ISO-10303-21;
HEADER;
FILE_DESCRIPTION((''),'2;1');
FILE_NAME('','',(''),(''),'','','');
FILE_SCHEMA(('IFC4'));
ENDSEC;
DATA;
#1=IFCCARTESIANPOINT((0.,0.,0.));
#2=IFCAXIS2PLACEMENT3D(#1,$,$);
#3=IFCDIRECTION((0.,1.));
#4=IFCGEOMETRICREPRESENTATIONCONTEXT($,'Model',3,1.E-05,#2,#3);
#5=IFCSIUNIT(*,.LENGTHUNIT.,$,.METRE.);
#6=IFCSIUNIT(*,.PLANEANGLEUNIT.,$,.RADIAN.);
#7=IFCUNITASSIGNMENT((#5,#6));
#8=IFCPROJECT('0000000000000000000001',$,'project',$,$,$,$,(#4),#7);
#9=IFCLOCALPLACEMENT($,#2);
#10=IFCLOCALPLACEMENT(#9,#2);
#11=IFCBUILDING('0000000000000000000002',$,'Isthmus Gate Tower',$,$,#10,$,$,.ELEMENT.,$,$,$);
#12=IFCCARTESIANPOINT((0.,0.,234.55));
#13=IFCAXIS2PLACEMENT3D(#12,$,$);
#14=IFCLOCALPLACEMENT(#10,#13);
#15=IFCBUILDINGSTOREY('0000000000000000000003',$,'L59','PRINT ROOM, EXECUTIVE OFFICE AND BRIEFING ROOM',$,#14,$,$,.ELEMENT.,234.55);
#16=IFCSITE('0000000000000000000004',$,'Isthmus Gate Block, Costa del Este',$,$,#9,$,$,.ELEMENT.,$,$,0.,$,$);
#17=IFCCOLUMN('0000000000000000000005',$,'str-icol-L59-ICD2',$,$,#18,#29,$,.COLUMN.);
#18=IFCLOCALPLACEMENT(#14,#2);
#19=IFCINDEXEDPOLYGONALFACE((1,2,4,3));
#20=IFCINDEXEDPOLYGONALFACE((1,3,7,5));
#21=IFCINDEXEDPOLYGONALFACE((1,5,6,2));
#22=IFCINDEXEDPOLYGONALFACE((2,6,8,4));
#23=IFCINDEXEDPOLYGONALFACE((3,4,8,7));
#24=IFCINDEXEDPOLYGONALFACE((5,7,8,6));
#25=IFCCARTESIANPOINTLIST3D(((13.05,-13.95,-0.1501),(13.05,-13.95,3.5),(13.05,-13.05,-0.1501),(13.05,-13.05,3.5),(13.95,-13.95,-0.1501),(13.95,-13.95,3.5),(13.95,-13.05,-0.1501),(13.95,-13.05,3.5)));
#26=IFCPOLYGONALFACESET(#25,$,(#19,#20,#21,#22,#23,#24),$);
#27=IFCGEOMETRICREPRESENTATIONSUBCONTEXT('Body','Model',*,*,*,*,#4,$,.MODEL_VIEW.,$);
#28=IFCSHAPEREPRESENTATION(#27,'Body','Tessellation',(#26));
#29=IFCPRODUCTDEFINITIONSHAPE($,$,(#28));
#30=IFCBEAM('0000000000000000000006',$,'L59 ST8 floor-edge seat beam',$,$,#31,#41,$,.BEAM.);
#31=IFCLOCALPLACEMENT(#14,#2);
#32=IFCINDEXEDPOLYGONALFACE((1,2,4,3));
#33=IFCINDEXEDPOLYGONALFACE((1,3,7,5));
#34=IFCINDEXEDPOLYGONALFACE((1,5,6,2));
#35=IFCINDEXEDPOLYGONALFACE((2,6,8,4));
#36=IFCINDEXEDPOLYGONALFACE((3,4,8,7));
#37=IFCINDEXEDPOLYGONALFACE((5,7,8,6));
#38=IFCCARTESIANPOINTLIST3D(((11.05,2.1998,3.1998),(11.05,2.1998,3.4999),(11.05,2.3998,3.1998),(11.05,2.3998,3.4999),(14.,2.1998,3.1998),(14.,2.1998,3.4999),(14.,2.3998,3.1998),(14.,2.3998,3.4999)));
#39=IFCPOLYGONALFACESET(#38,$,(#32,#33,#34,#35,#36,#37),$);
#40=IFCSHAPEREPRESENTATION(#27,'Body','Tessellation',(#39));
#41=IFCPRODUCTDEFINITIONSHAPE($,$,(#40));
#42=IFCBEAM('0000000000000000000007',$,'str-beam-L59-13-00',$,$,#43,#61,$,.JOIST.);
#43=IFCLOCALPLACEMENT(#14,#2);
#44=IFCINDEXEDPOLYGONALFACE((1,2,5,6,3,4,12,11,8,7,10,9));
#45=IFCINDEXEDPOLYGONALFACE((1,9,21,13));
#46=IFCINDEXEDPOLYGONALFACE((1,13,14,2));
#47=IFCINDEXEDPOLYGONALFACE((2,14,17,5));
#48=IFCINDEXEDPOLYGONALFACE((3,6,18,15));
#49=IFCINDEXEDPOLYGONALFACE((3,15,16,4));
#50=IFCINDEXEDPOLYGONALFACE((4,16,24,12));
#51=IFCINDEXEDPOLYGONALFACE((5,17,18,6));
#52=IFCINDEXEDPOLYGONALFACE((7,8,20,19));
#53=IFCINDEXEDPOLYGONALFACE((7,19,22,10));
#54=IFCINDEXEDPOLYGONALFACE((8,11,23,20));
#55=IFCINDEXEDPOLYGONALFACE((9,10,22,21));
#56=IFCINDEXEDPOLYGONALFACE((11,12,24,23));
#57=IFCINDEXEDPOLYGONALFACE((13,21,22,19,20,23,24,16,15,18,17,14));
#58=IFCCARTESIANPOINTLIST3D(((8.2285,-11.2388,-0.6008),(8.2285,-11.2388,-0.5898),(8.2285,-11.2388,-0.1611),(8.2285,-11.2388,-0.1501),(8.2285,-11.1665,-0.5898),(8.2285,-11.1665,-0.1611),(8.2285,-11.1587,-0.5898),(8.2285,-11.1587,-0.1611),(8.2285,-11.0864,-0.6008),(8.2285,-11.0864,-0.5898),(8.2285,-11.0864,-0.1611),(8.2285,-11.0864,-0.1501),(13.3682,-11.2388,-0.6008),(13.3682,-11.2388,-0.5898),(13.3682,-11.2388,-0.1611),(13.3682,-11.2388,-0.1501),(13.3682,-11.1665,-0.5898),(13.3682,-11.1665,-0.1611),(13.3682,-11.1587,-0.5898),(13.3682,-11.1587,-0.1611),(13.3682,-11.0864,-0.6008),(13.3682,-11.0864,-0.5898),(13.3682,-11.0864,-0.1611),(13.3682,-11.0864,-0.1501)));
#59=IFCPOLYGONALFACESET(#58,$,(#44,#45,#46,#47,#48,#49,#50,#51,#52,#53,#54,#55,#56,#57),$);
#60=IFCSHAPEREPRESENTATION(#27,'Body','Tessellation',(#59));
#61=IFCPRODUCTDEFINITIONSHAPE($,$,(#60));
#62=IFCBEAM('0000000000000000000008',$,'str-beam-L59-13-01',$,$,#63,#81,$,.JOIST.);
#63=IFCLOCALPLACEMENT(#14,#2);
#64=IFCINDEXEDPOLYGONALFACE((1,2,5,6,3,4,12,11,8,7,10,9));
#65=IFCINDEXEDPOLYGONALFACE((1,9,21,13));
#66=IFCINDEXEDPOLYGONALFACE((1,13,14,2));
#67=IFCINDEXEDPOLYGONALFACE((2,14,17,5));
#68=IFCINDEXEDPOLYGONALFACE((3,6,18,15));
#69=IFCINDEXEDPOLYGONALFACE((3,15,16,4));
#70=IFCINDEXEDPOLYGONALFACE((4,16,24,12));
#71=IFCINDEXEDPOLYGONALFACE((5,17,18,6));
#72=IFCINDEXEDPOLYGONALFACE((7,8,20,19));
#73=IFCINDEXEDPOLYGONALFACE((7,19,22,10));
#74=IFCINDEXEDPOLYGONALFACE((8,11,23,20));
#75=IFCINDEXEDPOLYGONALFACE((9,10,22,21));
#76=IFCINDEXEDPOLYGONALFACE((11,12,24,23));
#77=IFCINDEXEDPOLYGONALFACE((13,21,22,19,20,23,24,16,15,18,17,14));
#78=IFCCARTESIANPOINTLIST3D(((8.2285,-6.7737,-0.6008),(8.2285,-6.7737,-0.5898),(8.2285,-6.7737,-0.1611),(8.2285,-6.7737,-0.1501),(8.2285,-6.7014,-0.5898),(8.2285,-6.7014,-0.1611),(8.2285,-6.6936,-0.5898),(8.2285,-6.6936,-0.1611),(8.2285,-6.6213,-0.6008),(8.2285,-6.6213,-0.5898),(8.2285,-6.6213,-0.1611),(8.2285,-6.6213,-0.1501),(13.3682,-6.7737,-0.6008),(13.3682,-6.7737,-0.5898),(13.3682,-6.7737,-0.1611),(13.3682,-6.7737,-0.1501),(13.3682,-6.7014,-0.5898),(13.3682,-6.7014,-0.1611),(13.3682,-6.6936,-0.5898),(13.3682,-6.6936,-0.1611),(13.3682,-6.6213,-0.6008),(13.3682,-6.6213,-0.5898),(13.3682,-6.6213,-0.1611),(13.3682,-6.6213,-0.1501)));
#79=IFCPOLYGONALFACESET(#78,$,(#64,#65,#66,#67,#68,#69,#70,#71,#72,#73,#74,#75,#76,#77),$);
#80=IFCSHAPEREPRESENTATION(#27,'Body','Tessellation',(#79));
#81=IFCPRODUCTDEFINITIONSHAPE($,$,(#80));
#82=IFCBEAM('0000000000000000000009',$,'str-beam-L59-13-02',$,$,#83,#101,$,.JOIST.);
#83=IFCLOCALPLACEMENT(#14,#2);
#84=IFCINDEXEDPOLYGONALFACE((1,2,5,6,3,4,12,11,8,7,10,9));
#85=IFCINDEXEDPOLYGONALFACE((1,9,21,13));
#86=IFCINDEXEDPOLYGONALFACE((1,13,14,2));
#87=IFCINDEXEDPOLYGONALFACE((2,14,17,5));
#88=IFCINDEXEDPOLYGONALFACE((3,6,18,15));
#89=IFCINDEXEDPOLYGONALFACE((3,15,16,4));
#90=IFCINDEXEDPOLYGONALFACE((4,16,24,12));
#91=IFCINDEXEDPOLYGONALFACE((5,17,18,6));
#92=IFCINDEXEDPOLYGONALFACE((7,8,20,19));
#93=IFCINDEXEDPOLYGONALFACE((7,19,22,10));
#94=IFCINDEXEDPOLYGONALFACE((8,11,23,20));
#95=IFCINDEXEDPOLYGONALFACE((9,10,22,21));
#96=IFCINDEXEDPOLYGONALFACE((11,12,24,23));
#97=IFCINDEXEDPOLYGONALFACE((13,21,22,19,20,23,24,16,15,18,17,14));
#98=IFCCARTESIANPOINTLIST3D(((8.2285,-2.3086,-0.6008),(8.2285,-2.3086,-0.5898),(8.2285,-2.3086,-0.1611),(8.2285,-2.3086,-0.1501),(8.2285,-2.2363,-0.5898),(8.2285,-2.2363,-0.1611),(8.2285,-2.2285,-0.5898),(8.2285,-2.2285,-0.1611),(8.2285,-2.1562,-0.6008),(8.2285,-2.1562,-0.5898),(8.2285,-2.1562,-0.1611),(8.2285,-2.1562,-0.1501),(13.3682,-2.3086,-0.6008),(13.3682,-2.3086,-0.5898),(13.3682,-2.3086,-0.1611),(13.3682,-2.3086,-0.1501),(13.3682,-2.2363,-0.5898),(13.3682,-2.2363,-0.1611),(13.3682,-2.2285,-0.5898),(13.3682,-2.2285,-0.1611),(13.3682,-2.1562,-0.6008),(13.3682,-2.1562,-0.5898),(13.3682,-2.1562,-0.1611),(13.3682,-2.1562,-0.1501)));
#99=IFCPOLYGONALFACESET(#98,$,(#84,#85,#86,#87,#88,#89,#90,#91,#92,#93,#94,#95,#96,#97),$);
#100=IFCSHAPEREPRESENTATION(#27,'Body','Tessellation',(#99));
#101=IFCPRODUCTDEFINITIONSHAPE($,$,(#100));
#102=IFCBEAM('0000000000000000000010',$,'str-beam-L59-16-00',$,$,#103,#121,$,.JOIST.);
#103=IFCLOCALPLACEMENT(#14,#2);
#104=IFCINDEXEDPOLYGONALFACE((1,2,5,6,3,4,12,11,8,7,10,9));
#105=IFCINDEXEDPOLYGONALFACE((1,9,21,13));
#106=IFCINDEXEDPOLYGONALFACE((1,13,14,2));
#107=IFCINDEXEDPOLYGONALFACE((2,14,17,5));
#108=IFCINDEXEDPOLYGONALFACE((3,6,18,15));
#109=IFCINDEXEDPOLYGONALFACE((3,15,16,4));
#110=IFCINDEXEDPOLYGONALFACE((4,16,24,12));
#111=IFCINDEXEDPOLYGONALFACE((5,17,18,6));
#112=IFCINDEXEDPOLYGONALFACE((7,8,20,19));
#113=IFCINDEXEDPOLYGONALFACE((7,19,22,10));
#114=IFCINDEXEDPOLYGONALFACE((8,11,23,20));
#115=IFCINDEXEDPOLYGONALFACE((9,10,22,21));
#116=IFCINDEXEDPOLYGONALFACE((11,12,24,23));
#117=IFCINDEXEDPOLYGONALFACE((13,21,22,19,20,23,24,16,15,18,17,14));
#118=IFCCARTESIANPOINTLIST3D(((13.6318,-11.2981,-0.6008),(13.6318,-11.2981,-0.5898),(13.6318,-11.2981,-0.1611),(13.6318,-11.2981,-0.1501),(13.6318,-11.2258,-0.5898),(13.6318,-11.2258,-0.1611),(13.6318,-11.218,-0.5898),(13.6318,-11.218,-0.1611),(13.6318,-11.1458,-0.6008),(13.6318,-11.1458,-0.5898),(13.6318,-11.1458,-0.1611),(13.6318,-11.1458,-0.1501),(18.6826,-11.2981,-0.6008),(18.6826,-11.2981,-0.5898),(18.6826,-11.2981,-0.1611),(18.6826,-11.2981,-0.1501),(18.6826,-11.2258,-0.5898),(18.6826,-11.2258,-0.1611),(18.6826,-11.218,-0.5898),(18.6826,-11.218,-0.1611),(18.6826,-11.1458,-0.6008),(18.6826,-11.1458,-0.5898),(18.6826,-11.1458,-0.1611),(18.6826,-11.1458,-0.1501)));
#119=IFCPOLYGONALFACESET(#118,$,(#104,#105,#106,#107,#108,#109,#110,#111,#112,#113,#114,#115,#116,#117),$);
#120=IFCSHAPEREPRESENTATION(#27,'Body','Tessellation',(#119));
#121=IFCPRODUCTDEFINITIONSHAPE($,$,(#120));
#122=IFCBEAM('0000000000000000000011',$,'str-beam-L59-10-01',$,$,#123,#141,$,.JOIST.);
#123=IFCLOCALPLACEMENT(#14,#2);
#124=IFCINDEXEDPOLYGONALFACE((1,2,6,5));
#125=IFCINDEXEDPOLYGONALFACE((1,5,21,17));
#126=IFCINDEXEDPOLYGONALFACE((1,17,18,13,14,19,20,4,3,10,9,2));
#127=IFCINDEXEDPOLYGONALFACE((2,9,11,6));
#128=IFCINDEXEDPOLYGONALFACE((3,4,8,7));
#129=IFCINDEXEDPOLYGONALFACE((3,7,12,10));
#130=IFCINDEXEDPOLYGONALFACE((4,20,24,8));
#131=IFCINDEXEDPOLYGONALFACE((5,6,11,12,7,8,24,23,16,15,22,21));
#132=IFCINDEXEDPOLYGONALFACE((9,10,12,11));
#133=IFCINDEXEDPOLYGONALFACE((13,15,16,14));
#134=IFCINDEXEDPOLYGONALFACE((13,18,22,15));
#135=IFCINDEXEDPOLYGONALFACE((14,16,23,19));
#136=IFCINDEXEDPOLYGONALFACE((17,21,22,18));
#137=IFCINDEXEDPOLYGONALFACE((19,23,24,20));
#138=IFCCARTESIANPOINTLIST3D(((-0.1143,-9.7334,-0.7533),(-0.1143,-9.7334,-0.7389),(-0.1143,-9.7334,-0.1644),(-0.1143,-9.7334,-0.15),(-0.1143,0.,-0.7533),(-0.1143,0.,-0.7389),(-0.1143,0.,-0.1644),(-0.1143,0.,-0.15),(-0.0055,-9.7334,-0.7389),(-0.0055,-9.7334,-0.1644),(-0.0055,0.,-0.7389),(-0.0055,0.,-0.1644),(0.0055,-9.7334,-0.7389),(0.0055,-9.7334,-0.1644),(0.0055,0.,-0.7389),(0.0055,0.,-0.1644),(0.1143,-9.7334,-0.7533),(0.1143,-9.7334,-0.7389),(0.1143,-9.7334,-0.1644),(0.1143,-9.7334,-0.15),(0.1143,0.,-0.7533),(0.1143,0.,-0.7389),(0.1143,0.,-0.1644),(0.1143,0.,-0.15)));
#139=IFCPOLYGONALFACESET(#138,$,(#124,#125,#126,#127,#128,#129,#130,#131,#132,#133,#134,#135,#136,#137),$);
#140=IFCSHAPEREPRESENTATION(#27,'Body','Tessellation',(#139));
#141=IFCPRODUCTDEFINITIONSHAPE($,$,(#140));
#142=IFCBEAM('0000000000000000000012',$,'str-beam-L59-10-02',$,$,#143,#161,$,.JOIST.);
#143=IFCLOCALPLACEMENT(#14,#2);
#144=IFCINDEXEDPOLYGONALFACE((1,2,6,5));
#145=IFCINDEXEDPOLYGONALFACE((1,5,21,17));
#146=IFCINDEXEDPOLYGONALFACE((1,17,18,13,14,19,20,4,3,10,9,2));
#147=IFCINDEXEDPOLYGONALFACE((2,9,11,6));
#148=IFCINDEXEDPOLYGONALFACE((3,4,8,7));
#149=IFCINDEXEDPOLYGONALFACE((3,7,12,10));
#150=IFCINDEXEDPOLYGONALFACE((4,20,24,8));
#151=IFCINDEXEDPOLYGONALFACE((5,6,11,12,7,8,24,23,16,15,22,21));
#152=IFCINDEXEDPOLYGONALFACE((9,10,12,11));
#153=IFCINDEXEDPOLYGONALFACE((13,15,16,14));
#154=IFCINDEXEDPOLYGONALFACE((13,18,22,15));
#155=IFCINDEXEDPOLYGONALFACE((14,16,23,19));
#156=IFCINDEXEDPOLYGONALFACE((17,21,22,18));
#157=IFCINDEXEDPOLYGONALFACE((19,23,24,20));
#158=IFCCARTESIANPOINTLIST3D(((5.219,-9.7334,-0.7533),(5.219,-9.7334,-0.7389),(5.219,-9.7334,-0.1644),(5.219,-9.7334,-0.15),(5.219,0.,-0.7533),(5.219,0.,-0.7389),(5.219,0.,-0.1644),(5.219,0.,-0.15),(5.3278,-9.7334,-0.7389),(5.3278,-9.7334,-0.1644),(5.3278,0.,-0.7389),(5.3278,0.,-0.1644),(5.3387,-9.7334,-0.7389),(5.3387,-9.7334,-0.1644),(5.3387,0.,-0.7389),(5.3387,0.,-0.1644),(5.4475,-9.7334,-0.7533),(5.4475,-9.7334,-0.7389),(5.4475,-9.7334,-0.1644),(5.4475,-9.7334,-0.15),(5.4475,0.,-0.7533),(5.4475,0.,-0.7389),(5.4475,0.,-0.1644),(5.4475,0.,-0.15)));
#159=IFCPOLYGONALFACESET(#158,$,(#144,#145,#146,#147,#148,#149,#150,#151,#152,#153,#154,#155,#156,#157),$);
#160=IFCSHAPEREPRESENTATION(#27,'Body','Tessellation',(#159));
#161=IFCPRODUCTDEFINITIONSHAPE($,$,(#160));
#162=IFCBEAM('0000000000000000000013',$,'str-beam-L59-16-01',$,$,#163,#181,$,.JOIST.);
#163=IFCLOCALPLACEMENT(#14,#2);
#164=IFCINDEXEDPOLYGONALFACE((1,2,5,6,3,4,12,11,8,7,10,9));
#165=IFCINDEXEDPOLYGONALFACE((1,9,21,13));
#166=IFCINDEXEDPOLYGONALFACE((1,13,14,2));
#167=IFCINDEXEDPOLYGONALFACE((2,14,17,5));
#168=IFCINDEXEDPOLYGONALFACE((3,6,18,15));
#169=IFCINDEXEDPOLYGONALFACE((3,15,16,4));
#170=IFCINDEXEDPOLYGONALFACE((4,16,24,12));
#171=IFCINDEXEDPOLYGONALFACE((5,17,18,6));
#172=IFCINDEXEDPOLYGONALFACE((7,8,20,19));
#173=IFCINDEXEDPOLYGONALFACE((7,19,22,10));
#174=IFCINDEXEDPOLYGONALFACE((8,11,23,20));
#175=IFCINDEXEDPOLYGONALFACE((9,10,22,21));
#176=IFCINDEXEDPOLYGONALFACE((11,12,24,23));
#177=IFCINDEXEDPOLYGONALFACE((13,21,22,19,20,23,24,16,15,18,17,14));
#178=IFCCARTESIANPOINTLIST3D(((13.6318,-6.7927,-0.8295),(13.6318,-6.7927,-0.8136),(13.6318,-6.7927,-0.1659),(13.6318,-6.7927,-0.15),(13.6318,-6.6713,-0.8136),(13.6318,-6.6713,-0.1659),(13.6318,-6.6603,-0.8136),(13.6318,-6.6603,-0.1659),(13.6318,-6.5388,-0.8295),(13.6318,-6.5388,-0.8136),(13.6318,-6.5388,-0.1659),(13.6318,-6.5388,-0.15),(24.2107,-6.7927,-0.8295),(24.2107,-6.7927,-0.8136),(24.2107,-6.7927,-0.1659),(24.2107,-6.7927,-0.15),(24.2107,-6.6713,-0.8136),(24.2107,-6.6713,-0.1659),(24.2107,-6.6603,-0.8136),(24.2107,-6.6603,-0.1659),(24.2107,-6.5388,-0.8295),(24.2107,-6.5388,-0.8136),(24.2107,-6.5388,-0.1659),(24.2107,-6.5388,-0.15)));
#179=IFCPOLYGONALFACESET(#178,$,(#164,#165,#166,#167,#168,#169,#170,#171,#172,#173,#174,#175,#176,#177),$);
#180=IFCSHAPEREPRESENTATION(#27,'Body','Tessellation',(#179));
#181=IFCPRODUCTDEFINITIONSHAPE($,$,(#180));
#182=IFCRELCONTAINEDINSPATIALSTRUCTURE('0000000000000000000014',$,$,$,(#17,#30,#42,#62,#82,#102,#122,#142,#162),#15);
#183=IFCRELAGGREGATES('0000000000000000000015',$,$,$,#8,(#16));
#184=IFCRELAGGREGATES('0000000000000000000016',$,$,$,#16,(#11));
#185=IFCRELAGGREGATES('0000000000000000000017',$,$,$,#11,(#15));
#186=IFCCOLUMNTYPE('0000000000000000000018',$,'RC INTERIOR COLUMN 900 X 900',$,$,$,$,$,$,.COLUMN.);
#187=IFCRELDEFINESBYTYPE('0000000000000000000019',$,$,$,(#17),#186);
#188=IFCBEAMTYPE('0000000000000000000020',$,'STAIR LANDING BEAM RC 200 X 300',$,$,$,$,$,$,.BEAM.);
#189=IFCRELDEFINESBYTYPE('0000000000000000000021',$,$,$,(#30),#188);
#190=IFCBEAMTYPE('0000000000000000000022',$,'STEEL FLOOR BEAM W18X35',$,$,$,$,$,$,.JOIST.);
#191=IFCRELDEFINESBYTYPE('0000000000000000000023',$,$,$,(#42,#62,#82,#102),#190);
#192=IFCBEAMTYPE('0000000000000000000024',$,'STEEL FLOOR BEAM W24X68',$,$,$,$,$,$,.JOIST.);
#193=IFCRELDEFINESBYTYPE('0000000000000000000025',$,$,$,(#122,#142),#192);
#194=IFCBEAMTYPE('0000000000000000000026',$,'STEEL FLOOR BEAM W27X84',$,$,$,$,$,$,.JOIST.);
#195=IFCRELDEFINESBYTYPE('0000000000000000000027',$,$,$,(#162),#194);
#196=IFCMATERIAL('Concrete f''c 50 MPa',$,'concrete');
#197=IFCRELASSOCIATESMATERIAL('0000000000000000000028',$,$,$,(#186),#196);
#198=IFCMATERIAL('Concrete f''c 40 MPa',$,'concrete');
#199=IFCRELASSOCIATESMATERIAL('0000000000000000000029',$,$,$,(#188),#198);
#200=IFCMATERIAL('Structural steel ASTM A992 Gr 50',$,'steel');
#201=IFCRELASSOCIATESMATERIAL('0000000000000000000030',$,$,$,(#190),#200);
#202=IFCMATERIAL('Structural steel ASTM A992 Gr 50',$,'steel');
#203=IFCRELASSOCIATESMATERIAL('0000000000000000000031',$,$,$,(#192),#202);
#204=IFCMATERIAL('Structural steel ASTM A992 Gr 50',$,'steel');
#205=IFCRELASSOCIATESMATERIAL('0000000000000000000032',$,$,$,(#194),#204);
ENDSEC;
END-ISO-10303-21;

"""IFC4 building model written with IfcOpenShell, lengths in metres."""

from ifc_helpers import new_model, si_unit, direction, frame, origin, origin_2d, place, context, subcontext, project, spatial, rectangle, i_section, extrude, material, material_profile, profile_set, type_object, element, save


model = new_model("IFC4")

# Units and contexts
model_context = context("Model", 3, precision=1e-05, world=origin(), true_north=direction((0.0, 1.0)))
body_context = subcontext(model_context, "Body", "Model", "MODEL_VIEW")
ifc_project = project(units=[si_unit("LENGTHUNIT", "METRE"), si_unit("PLANEANGLEUNIT", "RADIAN")], contexts=[model_context])

# Site, building, storey
site_placement = place(None, origin())
site = spatial("IfcSite", under=ifc_project, at=site_placement, Name="Isthmus Gate Block, Costa del Este", CompositionType="ELEMENT", RefElevation=0.0)
building_placement = place(site_placement, origin())
building = spatial("IfcBuilding", under=site, at=building_placement, Name="Isthmus Gate Tower", CompositionType="ELEMENT")
storey_placement = place(building_placement, frame((0.0, 0.0, 234.55)))
storey = spatial("IfcBuildingStorey", under=building, at=storey_placement, Name="L59", Description="PRINT ROOM, EXECUTIVE OFFICE AND BRIEFING ROOM", CompositionType="ELEMENT", Elevation=234.55)

# Column
ifc_material_1 = material(Name="Concrete f'c 50 MPa", Category="concrete")
ifc_material_profile_1 = material_profile(ifc_material_1, rectangle(XDim=0.8999, YDim=0.8999, at=origin_2d()), Name="RC 900X900")
ifc_profile_set_1 = profile_set([ifc_material_profile_1], Name="Concrete f'c 50 MPa")
column_type = type_object("IfcColumnType", Name="RC INTERIOR COLUMN 900 X 900", PredefinedType="COLUMN", material=ifc_profile_set_1)
column_placement = place(storey_placement, frame((13.5, -13.5, -0.1501), z_axis=(0.0, 0.0, 1.0), x_axis=(1.0, 0.0, 0.0)))
element("IfcColumn", 1, at=column_placement, inside=storey, type_object=column_type, Name="str-icol-L59-ICD2", PredefinedType="COLUMN", context=body_context, shape_type="SweptSolid", body=[
    extrude(rectangle(XDim=0.8999, YDim=0.8999, at=origin_2d()), origin(), (0.0, 0.0, 1.0), 3.6501),
])

# Beams
ifc_material_2 = material(Name="Concrete f'c 40 MPa", Category="concrete")
ifc_material_profile_2 = material_profile(ifc_material_2, rectangle(XDim=0.2, YDim=0.3, at=origin_2d()), Name="STAIR LANDING BEAM RC 200 X 300")
ifc_profile_set_2 = profile_set([ifc_material_profile_2], Name="Concrete f'c 40 MPa")
beam_type_1 = type_object("IfcBeamType", Name="STAIR LANDING BEAM RC 200 X 300", PredefinedType="BEAM", material=ifc_profile_set_2)
beam_1_placement = place(storey_placement, frame((11.05, 2.2998, 3.3499), z_axis=(1.0, 0.0, 0.0), x_axis=(0.0, 1.0, 0.0)))
element("IfcBeam", 2, at=beam_1_placement, inside=storey, type_object=beam_type_1, Name="L59 ST8 floor-edge seat beam", PredefinedType="BEAM", context=body_context, shape_type="SweptSolid", body=[
    extrude(rectangle(XDim=0.2, YDim=0.3, at=origin_2d()), origin(), (0.0, 0.0, 1.0), 2.95),
])
ifc_material_3 = material(Name="Structural steel ASTM A992 Gr 50", Category="steel")
ifc_material_profile_3 = material_profile(ifc_material_3, i_section(OverallWidth=0.1523, OverallDepth=0.4507, WebThickness=0.0078, FlangeThickness=0.011, at=origin_2d()), Name="W18X35")
ifc_profile_set_3 = profile_set([ifc_material_profile_3], Name="Structural steel ASTM A992 Gr 50")
beam_type_2 = type_object("IfcBeamType", Name="STEEL FLOOR BEAM W18X35", PredefinedType="JOIST", material=ifc_profile_set_3)
for number, where, z_axis, x_axis, name in (
    (3, (8.2285, -11.1626, -0.3755), (1.0, 0.0, 0.0), (0.0, 1.0, 0.0), "str-beam-L59-13-00"),
    (4, (8.2285, -6.6975, -0.3755), (1.0, 0.0, 0.0), (0.0, 1.0, 0.0), "str-beam-L59-13-01"),
    (5, (8.2285, -2.2324, -0.3755), (1.0, 0.0, 0.0), (0.0, 1.0, 0.0), "str-beam-L59-13-02"),
):
    element("IfcBeam", number, at=place(storey_placement, frame(where, z_axis=z_axis, x_axis=x_axis)), inside=storey, type_object=beam_type_2, Name=name, PredefinedType="JOIST", context=body_context, shape_type="SweptSolid", body=[
        extrude(i_section(OverallWidth=0.1523, OverallDepth=0.4507, WebThickness=0.0078, FlangeThickness=0.011, at=origin_2d()), origin(), (0.0, 0.0, 1.0), 5.1396),
    ])
beam_2_placement = place(storey_placement, frame((13.6318, -11.2219, -0.3755), z_axis=(1.0, 0.0, 0.0), x_axis=(0.0, 1.0, 0.0)))
element("IfcBeam", 6, at=beam_2_placement, inside=storey, type_object=beam_type_2, Name="str-beam-L59-16-00", PredefinedType="JOIST", context=body_context, shape_type="SweptSolid", body=[
    extrude(i_section(OverallWidth=0.1523, OverallDepth=0.4507, WebThickness=0.0078, FlangeThickness=0.011, at=origin_2d()), origin(), (0.0, 0.0, 1.0), 5.0508),
])
ifc_material_4 = material(Name="Structural steel ASTM A992 Gr 50", Category="steel")
ifc_material_profile_4 = material_profile(ifc_material_4, i_section(OverallWidth=0.2285, OverallDepth=0.6033, WebThickness=0.011, FlangeThickness=0.0144, at=origin_2d()), Name="W24X68")
ifc_profile_set_4 = profile_set([ifc_material_profile_4], Name="Structural steel ASTM A992 Gr 50")
beam_type_3 = type_object("IfcBeamType", Name="STEEL FLOOR BEAM W24X68", PredefinedType="JOIST", material=ifc_profile_set_4)
for number, where, z_axis, x_axis, name in (
    (7, (0.0, -9.7334, -0.4517), (0.0, 1.0, 0.0), (-1.0, 0.0, 0.0), "str-beam-L59-10-01"),
    (8, (5.3333, -9.7334, -0.4517), (0.0, 1.0, 0.0), (-1.0, 0.0, 0.0), "str-beam-L59-10-02"),
):
    element("IfcBeam", number, at=place(storey_placement, frame(where, z_axis=z_axis, x_axis=x_axis)), inside=storey, type_object=beam_type_3, Name=name, PredefinedType="JOIST", context=body_context, shape_type="SweptSolid", body=[
        extrude(i_section(OverallWidth=0.2285, OverallDepth=0.6033, WebThickness=0.011, FlangeThickness=0.0144, at=origin_2d()), origin(), (0.0, 0.0, 1.0), 9.7334),
    ])
ifc_material_5 = material(Name="Structural steel ASTM A992 Gr 50", Category="steel")
ifc_material_profile_5 = material_profile(ifc_material_5, i_section(OverallWidth=0.2539, OverallDepth=0.6794, WebThickness=0.011, FlangeThickness=0.0159, at=origin_2d()), Name="W27X84")
ifc_profile_set_5 = profile_set([ifc_material_profile_5], Name="Structural steel ASTM A992 Gr 50")
beam_type_4 = type_object("IfcBeamType", Name="STEEL FLOOR BEAM W27X84", PredefinedType="JOIST", material=ifc_profile_set_5)
beam_3_placement = place(storey_placement, frame((13.6318, -6.6658, -0.4897), z_axis=(1.0, 0.0, 0.0), x_axis=(0.0, 1.0, 0.0)))
element("IfcBeam", 9, at=beam_3_placement, inside=storey, type_object=beam_type_4, Name="str-beam-L59-16-01", PredefinedType="JOIST", context=body_context, shape_type="SweptSolid", body=[
    extrude(i_section(OverallWidth=0.2539, OverallDepth=0.6794, WebThickness=0.011, FlangeThickness=0.0159, at=origin_2d()), origin(), (0.0, 0.0, 1.0), 10.5789),
])

save(model, "model.ifc")
